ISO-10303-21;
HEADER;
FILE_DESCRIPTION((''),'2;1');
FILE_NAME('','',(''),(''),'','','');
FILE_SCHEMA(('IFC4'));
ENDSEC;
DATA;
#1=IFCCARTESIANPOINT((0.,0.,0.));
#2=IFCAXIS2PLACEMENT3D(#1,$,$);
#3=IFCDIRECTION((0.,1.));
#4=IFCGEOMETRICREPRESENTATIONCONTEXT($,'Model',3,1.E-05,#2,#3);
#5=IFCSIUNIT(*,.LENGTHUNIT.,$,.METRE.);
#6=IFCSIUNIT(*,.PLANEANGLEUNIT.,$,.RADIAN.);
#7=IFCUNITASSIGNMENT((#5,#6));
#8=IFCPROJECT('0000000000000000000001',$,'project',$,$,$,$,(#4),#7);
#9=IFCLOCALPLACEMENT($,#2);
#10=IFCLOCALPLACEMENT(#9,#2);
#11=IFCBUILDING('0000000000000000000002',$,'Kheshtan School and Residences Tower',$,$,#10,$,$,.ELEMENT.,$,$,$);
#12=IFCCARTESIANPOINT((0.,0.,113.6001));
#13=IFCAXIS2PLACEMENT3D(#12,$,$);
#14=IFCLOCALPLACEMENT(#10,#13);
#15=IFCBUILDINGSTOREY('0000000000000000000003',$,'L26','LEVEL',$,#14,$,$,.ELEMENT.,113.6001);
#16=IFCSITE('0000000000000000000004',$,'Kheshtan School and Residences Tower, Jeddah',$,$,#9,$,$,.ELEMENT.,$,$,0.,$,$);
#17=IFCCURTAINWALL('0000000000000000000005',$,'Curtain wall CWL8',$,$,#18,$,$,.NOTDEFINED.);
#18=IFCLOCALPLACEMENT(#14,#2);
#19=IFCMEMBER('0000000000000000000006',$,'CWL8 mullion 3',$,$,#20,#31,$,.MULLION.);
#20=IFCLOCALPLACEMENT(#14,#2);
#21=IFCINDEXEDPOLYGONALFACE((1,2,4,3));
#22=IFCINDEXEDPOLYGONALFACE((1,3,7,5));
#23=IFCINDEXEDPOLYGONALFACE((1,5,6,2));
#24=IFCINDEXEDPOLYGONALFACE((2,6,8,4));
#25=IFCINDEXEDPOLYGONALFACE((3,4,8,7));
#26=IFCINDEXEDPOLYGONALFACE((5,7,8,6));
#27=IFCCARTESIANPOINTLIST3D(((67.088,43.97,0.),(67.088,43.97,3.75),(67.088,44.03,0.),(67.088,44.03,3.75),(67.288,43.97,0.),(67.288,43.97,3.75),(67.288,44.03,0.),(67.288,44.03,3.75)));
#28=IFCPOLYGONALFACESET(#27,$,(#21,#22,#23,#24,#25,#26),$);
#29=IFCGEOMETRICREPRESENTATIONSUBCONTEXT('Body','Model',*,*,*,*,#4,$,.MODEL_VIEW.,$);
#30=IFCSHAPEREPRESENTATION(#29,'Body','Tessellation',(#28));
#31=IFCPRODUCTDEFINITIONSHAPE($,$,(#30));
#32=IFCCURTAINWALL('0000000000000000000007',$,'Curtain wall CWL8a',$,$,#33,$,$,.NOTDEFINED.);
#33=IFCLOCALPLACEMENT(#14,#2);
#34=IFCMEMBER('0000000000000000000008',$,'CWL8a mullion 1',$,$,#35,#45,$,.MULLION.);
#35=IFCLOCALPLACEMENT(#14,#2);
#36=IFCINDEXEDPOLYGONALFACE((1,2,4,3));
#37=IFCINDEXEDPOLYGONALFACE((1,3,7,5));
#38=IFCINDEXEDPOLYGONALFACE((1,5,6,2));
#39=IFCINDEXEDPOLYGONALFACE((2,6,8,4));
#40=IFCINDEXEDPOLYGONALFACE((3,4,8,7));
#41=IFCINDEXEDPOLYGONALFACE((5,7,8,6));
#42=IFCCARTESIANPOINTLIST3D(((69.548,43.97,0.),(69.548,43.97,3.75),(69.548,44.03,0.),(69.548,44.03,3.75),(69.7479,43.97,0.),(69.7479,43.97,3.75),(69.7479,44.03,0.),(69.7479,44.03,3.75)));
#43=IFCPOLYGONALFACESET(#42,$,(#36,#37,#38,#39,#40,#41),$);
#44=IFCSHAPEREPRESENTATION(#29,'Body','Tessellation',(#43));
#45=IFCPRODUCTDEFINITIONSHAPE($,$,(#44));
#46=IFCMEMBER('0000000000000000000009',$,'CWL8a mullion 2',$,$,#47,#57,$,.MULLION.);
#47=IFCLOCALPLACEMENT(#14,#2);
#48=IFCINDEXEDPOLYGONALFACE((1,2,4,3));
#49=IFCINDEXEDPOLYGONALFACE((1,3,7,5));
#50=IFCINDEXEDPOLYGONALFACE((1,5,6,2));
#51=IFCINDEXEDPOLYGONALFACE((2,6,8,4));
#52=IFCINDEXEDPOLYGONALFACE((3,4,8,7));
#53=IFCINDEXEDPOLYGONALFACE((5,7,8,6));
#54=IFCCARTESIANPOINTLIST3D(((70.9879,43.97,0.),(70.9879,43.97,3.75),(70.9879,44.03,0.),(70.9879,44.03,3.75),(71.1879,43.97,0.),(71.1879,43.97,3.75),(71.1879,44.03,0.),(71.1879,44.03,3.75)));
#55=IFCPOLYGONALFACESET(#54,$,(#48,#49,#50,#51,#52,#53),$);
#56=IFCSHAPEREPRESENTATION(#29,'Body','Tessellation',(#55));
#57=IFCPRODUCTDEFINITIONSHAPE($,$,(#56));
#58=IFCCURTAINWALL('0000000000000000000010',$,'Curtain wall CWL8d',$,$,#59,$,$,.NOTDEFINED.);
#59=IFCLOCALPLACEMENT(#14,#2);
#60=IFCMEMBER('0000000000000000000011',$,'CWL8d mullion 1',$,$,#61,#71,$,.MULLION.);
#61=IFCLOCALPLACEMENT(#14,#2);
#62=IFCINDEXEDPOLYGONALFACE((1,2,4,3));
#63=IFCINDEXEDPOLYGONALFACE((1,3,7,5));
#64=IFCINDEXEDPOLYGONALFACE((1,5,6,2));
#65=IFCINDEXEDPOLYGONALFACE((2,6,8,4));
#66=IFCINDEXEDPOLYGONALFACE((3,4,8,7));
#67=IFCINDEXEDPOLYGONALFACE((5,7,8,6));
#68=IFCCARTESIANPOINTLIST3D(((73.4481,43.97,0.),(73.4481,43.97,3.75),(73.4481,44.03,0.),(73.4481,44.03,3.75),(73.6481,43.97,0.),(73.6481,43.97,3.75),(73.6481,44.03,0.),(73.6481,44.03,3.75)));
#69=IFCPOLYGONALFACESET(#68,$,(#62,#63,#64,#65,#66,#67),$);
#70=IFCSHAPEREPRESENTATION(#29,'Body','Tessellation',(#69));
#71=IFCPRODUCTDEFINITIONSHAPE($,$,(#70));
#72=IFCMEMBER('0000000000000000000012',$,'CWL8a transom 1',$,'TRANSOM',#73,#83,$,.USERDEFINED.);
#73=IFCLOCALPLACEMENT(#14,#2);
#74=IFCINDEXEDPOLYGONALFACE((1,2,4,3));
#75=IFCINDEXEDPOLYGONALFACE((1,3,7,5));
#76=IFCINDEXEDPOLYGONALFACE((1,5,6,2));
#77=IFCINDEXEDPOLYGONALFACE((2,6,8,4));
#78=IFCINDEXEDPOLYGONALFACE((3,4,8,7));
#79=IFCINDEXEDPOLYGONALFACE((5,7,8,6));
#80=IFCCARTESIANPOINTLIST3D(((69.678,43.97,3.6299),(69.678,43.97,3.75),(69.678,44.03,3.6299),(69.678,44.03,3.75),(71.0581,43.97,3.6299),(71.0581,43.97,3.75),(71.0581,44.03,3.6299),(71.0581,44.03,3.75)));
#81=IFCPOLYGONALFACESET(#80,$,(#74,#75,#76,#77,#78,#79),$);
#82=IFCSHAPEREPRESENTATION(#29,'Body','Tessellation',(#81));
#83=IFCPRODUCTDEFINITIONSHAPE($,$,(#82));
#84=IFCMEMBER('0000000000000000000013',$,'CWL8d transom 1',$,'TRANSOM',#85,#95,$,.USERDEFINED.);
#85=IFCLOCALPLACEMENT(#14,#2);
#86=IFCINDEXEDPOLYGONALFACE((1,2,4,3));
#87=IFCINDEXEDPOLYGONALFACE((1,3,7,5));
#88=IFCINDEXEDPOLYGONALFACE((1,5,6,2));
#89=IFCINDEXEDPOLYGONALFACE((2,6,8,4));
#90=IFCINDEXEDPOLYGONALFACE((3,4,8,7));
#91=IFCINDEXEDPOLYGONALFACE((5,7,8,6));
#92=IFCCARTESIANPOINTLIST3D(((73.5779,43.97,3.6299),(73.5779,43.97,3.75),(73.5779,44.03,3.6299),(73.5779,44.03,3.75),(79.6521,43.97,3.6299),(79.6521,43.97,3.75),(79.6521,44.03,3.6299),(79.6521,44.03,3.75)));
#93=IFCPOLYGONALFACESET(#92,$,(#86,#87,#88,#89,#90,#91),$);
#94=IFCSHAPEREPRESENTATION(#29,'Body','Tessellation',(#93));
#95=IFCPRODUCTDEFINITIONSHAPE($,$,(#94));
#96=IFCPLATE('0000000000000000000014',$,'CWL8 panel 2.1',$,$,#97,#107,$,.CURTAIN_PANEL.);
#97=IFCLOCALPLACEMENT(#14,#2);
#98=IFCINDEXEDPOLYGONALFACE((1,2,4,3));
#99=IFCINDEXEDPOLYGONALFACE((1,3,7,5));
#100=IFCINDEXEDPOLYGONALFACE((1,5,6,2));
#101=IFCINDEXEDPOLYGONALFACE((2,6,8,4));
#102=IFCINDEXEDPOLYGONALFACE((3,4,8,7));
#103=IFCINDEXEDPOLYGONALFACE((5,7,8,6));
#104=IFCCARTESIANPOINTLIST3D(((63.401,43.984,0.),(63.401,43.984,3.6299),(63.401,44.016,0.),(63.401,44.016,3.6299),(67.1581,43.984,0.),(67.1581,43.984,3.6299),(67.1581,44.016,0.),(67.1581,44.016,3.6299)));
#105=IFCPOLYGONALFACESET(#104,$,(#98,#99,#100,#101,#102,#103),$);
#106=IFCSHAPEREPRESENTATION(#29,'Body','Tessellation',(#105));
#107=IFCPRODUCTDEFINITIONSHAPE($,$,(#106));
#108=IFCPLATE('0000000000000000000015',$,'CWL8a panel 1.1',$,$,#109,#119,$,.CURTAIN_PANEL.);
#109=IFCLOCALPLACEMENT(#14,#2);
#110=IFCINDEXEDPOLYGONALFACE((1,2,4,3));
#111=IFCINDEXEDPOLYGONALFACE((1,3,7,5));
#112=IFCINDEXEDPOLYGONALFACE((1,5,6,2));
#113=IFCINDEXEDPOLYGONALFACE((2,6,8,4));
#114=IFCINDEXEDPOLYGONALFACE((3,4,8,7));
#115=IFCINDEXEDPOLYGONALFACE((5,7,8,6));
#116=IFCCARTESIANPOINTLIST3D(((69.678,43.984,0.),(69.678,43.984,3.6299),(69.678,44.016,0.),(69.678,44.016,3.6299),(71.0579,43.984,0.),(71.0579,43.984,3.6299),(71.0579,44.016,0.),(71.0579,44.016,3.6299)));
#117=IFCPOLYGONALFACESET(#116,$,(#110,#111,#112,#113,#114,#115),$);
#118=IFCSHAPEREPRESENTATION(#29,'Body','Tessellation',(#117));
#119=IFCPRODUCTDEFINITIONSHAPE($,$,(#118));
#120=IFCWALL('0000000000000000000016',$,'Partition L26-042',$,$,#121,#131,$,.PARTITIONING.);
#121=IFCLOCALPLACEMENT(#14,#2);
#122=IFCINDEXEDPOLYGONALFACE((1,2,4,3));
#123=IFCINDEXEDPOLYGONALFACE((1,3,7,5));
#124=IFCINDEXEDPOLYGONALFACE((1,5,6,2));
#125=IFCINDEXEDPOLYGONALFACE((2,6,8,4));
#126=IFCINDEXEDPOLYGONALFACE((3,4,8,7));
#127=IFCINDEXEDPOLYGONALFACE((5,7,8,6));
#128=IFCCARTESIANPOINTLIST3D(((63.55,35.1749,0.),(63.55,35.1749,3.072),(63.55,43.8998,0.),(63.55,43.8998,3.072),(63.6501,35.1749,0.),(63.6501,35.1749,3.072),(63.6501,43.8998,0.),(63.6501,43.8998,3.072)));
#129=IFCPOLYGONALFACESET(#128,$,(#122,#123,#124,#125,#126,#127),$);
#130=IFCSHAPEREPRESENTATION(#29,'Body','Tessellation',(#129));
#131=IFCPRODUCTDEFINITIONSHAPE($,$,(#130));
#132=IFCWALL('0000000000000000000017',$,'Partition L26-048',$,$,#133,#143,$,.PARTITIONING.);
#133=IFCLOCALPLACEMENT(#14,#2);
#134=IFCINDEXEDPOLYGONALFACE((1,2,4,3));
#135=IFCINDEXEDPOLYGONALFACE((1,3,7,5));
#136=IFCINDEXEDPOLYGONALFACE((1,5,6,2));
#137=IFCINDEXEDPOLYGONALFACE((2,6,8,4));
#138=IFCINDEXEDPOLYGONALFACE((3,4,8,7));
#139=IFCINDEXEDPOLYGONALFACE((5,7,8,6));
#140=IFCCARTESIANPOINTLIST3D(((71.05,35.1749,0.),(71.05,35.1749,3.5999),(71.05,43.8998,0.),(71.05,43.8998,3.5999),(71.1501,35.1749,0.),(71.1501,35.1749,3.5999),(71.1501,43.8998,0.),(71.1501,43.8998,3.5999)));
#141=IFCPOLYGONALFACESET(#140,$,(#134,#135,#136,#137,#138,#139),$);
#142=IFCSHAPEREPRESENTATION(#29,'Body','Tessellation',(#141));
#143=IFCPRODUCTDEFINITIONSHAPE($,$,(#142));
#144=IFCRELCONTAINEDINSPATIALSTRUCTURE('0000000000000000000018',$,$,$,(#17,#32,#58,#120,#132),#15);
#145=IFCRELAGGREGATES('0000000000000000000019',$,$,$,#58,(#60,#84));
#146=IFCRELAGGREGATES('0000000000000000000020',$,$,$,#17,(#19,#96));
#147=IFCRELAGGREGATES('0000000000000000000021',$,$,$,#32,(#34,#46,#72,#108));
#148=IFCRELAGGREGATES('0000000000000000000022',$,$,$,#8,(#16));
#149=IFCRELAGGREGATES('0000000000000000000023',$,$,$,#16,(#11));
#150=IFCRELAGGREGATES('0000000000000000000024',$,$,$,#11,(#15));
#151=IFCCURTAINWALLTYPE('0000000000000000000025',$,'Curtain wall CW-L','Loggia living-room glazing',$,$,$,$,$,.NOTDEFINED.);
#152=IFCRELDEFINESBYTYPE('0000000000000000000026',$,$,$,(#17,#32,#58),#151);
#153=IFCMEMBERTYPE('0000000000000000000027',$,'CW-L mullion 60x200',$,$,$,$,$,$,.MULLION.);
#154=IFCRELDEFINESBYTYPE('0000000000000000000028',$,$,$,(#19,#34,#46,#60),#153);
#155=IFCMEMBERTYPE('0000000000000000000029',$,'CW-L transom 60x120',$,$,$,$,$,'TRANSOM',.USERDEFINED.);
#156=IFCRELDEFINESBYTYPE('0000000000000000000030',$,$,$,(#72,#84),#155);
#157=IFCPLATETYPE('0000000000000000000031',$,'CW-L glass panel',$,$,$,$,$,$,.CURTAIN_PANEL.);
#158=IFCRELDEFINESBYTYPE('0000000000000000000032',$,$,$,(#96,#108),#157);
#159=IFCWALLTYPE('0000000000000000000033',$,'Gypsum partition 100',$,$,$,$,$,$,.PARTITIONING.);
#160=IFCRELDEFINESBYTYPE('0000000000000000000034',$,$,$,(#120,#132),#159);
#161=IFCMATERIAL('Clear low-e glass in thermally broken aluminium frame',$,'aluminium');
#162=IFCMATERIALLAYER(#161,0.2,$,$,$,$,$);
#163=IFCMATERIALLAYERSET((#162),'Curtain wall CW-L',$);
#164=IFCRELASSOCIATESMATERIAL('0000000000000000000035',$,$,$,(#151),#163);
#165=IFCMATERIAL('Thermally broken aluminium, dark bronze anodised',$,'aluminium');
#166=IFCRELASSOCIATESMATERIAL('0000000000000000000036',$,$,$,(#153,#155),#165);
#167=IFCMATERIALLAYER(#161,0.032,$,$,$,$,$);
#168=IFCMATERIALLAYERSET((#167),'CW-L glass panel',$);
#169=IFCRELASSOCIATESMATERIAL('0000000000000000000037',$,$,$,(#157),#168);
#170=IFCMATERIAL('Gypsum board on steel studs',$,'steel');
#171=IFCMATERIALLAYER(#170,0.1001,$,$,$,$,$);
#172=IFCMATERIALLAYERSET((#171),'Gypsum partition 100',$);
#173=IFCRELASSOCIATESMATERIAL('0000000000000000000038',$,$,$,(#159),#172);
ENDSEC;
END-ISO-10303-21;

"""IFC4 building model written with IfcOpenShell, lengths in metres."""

from ifc_helpers import new_model, si_unit, direction, frame, frame_2d, origin, origin_2d, place, context, subcontext, project, spatial, rectangle, extrude, material, layer, layer_set, material_profile, profile_set, type_object, element, aggregate, save


model = new_model("IFC4")

# Units and contexts
model_context = context("Model", 3, precision=1e-05, world=origin(), true_north=direction((0.0, 1.0)))
body_context = subcontext(model_context, "Body", "Model", "MODEL_VIEW")
ifc_project = project(units=[si_unit("LENGTHUNIT", "METRE"), si_unit("PLANEANGLEUNIT", "RADIAN")], contexts=[model_context])

# Site, building, storey
site_placement = place(None, origin())
site = spatial("IfcSite", under=ifc_project, at=site_placement, Name="Kheshtan School and Residences Tower, Jeddah", CompositionType="ELEMENT", RefElevation=0.0)
building_placement = place(site_placement, origin())
building = spatial("IfcBuilding", under=site, at=building_placement, Name="Kheshtan School and Residences Tower", CompositionType="ELEMENT")
storey_placement = place(building_placement, frame((0.0, 0.0, 113.6001)))
storey = spatial("IfcBuildingStorey", under=building, at=storey_placement, Name="L26", Description="LEVEL", CompositionType="ELEMENT", Elevation=113.6001)

# Curtain wall, member
ifc_material_1 = material(Name="Clear low-e glass in thermally broken aluminium frame", Category="aluminium")
ifc_layer_1 = layer(ifc_material_1, 0.2)
ifc_layer_set_1 = layer_set([ifc_layer_1], Name="Curtain wall CW-L")
curtain_wall_type = type_object("IfcCurtainWallType", Name="Curtain wall CW-L", Description="Loggia living-room glazing", PredefinedType="NOTDEFINED", material=ifc_layer_set_1)
curtain_wall_1_placement = place(storey_placement, origin())
curtain_wall_1 = element("IfcCurtainWall", 1, at=curtain_wall_1_placement, inside=storey, type_object=curtain_wall_type, Name="Curtain wall CWL8", PredefinedType="NOTDEFINED")
ifc_material_2 = material(Name="Thermally broken aluminium, dark bronze anodised", Category="aluminium")
ifc_material_profile_1 = material_profile(ifc_material_2, rectangle(XDim=0.0601, YDim=0.2, at=origin_2d()), Name="CW-L mullion 60x200")
ifc_profile_set_1 = profile_set([ifc_material_profile_1], Name="Thermally broken aluminium, dark bronze anodised")
member_type_1 = type_object("IfcMemberType", Name="CW-L mullion 60x200", PredefinedType="MULLION", material=ifc_profile_set_1)
member_1_placement = place(storey_placement, frame((67.188, 44.0, 0.0), z_axis=(0.0, 0.0, 1.0), x_axis=(0.0, 1.0, 0.0)))
member_1 = element("IfcMember", 2, at=member_1_placement, type_object=member_type_1, Name="CWL8 mullion 3", PredefinedType="MULLION", context=body_context, shape_type="SweptSolid", body=[
    extrude(rectangle(XDim=0.0601, YDim=0.2, at=origin_2d()), origin(), (0.0, 0.0, 1.0), 3.75),
])

# Curtain wall, members
curtain_wall_2_placement = place(storey_placement, origin())
curtain_wall_2 = element("IfcCurtainWall", 3, at=curtain_wall_2_placement, inside=storey, type_object=curtain_wall_type, Name="Curtain wall CWL8a", PredefinedType="NOTDEFINED")
member_2_placement = place(storey_placement, frame((69.6479, 44.0, 0.0), z_axis=(0.0, 0.0, 1.0), x_axis=(0.0, 1.0, 0.0)))
member_2 = element("IfcMember", 4, at=member_2_placement, type_object=member_type_1, Name="CWL8a mullion 1", PredefinedType="MULLION", context=body_context, shape_type="SweptSolid", body=[
    extrude(rectangle(XDim=0.0601, YDim=0.2, at=origin_2d()), origin(), (0.0, 0.0, 1.0), 3.75),
])
member_3_placement = place(storey_placement, frame((71.0879, 44.0, 0.0), z_axis=(0.0, 0.0, 1.0), x_axis=(0.0, 1.0, 0.0)))
member_3 = element("IfcMember", 5, at=member_3_placement, type_object=member_type_1, Name="CWL8a mullion 2", PredefinedType="MULLION", context=body_context, shape_type="SweptSolid", body=[
    extrude(rectangle(XDim=0.0601, YDim=0.2, at=origin_2d()), origin(), (0.0, 0.0, 1.0), 3.75),
])

# Curtain wall, member
curtain_wall_3_placement = place(storey_placement, origin())
curtain_wall_3 = element("IfcCurtainWall", 6, at=curtain_wall_3_placement, inside=storey, type_object=curtain_wall_type, Name="Curtain wall CWL8d", PredefinedType="NOTDEFINED")
member_4_placement = place(storey_placement, frame((73.5481, 44.0, 0.0), z_axis=(0.0, 0.0, 1.0), x_axis=(0.0, 1.0, 0.0)))
member_4 = element("IfcMember", 7, at=member_4_placement, type_object=member_type_1, Name="CWL8d mullion 1", PredefinedType="MULLION", context=body_context, shape_type="SweptSolid", body=[
    extrude(rectangle(XDim=0.0601, YDim=0.2, at=origin_2d()), origin(), (0.0, 0.0, 1.0), 3.75),
])

# Members
ifc_material_profile_2 = material_profile(ifc_material_2, rectangle(XDim=0.0601, YDim=0.1201, at=origin_2d()), Name="CW-L transom 60x120")
ifc_profile_set_2 = profile_set([ifc_material_profile_2], Name="Thermally broken aluminium, dark bronze anodised")
member_type_2 = type_object("IfcMemberType", Name="CW-L transom 60x120", ElementType="TRANSOM", PredefinedType="USERDEFINED", material=ifc_profile_set_2)
member_5_placement = place(storey_placement, frame((69.678, 44.0, 3.6899), z_axis=(1.0, 0.0, 0.0), x_axis=(0.0, 1.0, 0.0)))
member_5 = element("IfcMember", 8, at=member_5_placement, type_object=member_type_2, Name="CWL8a transom 1", ObjectType="TRANSOM", PredefinedType="USERDEFINED", context=body_context, shape_type="SweptSolid", body=[
    extrude(rectangle(XDim=0.0601, YDim=0.1201, at=origin_2d()), origin(), (0.0, 0.0, 1.0), 1.3801),
])
member_6_placement = place(storey_placement, frame((73.5779, 44.0, 3.6899), z_axis=(1.0, 0.0, 0.0), x_axis=(0.0, 1.0, 0.0)))
member_6 = element("IfcMember", 9, at=member_6_placement, type_object=member_type_2, Name="CWL8d transom 1", ObjectType="TRANSOM", PredefinedType="USERDEFINED", context=body_context, shape_type="SweptSolid", body=[
    extrude(rectangle(XDim=0.0601, YDim=0.1201, at=origin_2d()), origin(), (0.0, 0.0, 1.0), 6.0742),
])
aggregate(curtain_wall_3, [member_4, member_6])

# Plates
ifc_layer_2 = layer(ifc_material_1, 0.032)
ifc_layer_set_2 = layer_set([ifc_layer_2], Name="CW-L glass panel")
plate_type = type_object("IfcPlateType", Name="CW-L glass panel", PredefinedType="CURTAIN_PANEL", material=ifc_layer_set_2)
plate_1_placement = place(storey_placement, frame((65.2795, 44.0, 0.0), z_axis=(0.0, 0.0, 1.0), x_axis=(1.0, 0.0, 0.0)))
plate_1 = element("IfcPlate", 10, at=plate_1_placement, type_object=plate_type, Name="CWL8 panel 2.1", PredefinedType="CURTAIN_PANEL", context=body_context, shape_type="SweptSolid", body=[
    extrude(rectangle(XDim=3.7571, YDim=0.032, at=origin_2d()), origin(), (0.0, 0.0, 1.0), 3.6299),
])
aggregate(curtain_wall_1, [member_1, plate_1])
plate_2_placement = place(storey_placement, frame((70.3679, 44.0, 0.0), z_axis=(0.0, 0.0, 1.0), x_axis=(1.0, 0.0, 0.0)))
plate_2 = element("IfcPlate", 11, at=plate_2_placement, type_object=plate_type, Name="CWL8a panel 1.1", PredefinedType="CURTAIN_PANEL", context=body_context, shape_type="SweptSolid", body=[
    extrude(rectangle(XDim=1.3799, YDim=0.032, at=origin_2d()), origin(), (0.0, 0.0, 1.0), 3.6299),
])
aggregate(curtain_wall_2, [member_2, member_3, member_5, plate_2])

# Walls
ifc_material_3 = material(Name="Gypsum board on steel studs", Category="steel")
ifc_layer_3 = layer(ifc_material_3, 0.1001)
ifc_layer_set_3 = layer_set([ifc_layer_3], Name="Gypsum partition 100")
wall_type_1 = type_object("IfcWallType", Name="Gypsum partition 100", PredefinedType="PARTITIONING", material=ifc_layer_set_3)
wall_1_placement = place(storey_placement, frame((63.6001, 35.175, 0.0), z_axis=(0.0, 0.0, 1.0), x_axis=(0.0, 1.0, 0.0)))
element("IfcWall", 12, at=wall_1_placement, inside=storey, type_object=wall_type_1, Name="Partition L26-042", PredefinedType="PARTITIONING", context=body_context, shape_type="SweptSolid", body=[
    extrude(rectangle(XDim=8.7249, YDim=0.1001, at=frame_2d((4.3623, 0.0))), origin(), (0.0, 0.0, 1.0), 3.072),
])
wall_2_placement = place(storey_placement, frame((71.1001, 35.175, 0.0), z_axis=(0.0, 0.0, 1.0), x_axis=(0.0, 1.0, 0.0)))
element("IfcWall", 13, at=wall_2_placement, inside=storey, type_object=wall_type_1, Name="Partition L26-048", PredefinedType="PARTITIONING", context=body_context, shape_type="SweptSolid", body=[
    extrude(rectangle(XDim=8.7249, YDim=0.1001, at=frame_2d((4.3623, 0.0))), origin(), (0.0, 0.0, 1.0), 3.5999),
])

save(model, "model.ifc")
